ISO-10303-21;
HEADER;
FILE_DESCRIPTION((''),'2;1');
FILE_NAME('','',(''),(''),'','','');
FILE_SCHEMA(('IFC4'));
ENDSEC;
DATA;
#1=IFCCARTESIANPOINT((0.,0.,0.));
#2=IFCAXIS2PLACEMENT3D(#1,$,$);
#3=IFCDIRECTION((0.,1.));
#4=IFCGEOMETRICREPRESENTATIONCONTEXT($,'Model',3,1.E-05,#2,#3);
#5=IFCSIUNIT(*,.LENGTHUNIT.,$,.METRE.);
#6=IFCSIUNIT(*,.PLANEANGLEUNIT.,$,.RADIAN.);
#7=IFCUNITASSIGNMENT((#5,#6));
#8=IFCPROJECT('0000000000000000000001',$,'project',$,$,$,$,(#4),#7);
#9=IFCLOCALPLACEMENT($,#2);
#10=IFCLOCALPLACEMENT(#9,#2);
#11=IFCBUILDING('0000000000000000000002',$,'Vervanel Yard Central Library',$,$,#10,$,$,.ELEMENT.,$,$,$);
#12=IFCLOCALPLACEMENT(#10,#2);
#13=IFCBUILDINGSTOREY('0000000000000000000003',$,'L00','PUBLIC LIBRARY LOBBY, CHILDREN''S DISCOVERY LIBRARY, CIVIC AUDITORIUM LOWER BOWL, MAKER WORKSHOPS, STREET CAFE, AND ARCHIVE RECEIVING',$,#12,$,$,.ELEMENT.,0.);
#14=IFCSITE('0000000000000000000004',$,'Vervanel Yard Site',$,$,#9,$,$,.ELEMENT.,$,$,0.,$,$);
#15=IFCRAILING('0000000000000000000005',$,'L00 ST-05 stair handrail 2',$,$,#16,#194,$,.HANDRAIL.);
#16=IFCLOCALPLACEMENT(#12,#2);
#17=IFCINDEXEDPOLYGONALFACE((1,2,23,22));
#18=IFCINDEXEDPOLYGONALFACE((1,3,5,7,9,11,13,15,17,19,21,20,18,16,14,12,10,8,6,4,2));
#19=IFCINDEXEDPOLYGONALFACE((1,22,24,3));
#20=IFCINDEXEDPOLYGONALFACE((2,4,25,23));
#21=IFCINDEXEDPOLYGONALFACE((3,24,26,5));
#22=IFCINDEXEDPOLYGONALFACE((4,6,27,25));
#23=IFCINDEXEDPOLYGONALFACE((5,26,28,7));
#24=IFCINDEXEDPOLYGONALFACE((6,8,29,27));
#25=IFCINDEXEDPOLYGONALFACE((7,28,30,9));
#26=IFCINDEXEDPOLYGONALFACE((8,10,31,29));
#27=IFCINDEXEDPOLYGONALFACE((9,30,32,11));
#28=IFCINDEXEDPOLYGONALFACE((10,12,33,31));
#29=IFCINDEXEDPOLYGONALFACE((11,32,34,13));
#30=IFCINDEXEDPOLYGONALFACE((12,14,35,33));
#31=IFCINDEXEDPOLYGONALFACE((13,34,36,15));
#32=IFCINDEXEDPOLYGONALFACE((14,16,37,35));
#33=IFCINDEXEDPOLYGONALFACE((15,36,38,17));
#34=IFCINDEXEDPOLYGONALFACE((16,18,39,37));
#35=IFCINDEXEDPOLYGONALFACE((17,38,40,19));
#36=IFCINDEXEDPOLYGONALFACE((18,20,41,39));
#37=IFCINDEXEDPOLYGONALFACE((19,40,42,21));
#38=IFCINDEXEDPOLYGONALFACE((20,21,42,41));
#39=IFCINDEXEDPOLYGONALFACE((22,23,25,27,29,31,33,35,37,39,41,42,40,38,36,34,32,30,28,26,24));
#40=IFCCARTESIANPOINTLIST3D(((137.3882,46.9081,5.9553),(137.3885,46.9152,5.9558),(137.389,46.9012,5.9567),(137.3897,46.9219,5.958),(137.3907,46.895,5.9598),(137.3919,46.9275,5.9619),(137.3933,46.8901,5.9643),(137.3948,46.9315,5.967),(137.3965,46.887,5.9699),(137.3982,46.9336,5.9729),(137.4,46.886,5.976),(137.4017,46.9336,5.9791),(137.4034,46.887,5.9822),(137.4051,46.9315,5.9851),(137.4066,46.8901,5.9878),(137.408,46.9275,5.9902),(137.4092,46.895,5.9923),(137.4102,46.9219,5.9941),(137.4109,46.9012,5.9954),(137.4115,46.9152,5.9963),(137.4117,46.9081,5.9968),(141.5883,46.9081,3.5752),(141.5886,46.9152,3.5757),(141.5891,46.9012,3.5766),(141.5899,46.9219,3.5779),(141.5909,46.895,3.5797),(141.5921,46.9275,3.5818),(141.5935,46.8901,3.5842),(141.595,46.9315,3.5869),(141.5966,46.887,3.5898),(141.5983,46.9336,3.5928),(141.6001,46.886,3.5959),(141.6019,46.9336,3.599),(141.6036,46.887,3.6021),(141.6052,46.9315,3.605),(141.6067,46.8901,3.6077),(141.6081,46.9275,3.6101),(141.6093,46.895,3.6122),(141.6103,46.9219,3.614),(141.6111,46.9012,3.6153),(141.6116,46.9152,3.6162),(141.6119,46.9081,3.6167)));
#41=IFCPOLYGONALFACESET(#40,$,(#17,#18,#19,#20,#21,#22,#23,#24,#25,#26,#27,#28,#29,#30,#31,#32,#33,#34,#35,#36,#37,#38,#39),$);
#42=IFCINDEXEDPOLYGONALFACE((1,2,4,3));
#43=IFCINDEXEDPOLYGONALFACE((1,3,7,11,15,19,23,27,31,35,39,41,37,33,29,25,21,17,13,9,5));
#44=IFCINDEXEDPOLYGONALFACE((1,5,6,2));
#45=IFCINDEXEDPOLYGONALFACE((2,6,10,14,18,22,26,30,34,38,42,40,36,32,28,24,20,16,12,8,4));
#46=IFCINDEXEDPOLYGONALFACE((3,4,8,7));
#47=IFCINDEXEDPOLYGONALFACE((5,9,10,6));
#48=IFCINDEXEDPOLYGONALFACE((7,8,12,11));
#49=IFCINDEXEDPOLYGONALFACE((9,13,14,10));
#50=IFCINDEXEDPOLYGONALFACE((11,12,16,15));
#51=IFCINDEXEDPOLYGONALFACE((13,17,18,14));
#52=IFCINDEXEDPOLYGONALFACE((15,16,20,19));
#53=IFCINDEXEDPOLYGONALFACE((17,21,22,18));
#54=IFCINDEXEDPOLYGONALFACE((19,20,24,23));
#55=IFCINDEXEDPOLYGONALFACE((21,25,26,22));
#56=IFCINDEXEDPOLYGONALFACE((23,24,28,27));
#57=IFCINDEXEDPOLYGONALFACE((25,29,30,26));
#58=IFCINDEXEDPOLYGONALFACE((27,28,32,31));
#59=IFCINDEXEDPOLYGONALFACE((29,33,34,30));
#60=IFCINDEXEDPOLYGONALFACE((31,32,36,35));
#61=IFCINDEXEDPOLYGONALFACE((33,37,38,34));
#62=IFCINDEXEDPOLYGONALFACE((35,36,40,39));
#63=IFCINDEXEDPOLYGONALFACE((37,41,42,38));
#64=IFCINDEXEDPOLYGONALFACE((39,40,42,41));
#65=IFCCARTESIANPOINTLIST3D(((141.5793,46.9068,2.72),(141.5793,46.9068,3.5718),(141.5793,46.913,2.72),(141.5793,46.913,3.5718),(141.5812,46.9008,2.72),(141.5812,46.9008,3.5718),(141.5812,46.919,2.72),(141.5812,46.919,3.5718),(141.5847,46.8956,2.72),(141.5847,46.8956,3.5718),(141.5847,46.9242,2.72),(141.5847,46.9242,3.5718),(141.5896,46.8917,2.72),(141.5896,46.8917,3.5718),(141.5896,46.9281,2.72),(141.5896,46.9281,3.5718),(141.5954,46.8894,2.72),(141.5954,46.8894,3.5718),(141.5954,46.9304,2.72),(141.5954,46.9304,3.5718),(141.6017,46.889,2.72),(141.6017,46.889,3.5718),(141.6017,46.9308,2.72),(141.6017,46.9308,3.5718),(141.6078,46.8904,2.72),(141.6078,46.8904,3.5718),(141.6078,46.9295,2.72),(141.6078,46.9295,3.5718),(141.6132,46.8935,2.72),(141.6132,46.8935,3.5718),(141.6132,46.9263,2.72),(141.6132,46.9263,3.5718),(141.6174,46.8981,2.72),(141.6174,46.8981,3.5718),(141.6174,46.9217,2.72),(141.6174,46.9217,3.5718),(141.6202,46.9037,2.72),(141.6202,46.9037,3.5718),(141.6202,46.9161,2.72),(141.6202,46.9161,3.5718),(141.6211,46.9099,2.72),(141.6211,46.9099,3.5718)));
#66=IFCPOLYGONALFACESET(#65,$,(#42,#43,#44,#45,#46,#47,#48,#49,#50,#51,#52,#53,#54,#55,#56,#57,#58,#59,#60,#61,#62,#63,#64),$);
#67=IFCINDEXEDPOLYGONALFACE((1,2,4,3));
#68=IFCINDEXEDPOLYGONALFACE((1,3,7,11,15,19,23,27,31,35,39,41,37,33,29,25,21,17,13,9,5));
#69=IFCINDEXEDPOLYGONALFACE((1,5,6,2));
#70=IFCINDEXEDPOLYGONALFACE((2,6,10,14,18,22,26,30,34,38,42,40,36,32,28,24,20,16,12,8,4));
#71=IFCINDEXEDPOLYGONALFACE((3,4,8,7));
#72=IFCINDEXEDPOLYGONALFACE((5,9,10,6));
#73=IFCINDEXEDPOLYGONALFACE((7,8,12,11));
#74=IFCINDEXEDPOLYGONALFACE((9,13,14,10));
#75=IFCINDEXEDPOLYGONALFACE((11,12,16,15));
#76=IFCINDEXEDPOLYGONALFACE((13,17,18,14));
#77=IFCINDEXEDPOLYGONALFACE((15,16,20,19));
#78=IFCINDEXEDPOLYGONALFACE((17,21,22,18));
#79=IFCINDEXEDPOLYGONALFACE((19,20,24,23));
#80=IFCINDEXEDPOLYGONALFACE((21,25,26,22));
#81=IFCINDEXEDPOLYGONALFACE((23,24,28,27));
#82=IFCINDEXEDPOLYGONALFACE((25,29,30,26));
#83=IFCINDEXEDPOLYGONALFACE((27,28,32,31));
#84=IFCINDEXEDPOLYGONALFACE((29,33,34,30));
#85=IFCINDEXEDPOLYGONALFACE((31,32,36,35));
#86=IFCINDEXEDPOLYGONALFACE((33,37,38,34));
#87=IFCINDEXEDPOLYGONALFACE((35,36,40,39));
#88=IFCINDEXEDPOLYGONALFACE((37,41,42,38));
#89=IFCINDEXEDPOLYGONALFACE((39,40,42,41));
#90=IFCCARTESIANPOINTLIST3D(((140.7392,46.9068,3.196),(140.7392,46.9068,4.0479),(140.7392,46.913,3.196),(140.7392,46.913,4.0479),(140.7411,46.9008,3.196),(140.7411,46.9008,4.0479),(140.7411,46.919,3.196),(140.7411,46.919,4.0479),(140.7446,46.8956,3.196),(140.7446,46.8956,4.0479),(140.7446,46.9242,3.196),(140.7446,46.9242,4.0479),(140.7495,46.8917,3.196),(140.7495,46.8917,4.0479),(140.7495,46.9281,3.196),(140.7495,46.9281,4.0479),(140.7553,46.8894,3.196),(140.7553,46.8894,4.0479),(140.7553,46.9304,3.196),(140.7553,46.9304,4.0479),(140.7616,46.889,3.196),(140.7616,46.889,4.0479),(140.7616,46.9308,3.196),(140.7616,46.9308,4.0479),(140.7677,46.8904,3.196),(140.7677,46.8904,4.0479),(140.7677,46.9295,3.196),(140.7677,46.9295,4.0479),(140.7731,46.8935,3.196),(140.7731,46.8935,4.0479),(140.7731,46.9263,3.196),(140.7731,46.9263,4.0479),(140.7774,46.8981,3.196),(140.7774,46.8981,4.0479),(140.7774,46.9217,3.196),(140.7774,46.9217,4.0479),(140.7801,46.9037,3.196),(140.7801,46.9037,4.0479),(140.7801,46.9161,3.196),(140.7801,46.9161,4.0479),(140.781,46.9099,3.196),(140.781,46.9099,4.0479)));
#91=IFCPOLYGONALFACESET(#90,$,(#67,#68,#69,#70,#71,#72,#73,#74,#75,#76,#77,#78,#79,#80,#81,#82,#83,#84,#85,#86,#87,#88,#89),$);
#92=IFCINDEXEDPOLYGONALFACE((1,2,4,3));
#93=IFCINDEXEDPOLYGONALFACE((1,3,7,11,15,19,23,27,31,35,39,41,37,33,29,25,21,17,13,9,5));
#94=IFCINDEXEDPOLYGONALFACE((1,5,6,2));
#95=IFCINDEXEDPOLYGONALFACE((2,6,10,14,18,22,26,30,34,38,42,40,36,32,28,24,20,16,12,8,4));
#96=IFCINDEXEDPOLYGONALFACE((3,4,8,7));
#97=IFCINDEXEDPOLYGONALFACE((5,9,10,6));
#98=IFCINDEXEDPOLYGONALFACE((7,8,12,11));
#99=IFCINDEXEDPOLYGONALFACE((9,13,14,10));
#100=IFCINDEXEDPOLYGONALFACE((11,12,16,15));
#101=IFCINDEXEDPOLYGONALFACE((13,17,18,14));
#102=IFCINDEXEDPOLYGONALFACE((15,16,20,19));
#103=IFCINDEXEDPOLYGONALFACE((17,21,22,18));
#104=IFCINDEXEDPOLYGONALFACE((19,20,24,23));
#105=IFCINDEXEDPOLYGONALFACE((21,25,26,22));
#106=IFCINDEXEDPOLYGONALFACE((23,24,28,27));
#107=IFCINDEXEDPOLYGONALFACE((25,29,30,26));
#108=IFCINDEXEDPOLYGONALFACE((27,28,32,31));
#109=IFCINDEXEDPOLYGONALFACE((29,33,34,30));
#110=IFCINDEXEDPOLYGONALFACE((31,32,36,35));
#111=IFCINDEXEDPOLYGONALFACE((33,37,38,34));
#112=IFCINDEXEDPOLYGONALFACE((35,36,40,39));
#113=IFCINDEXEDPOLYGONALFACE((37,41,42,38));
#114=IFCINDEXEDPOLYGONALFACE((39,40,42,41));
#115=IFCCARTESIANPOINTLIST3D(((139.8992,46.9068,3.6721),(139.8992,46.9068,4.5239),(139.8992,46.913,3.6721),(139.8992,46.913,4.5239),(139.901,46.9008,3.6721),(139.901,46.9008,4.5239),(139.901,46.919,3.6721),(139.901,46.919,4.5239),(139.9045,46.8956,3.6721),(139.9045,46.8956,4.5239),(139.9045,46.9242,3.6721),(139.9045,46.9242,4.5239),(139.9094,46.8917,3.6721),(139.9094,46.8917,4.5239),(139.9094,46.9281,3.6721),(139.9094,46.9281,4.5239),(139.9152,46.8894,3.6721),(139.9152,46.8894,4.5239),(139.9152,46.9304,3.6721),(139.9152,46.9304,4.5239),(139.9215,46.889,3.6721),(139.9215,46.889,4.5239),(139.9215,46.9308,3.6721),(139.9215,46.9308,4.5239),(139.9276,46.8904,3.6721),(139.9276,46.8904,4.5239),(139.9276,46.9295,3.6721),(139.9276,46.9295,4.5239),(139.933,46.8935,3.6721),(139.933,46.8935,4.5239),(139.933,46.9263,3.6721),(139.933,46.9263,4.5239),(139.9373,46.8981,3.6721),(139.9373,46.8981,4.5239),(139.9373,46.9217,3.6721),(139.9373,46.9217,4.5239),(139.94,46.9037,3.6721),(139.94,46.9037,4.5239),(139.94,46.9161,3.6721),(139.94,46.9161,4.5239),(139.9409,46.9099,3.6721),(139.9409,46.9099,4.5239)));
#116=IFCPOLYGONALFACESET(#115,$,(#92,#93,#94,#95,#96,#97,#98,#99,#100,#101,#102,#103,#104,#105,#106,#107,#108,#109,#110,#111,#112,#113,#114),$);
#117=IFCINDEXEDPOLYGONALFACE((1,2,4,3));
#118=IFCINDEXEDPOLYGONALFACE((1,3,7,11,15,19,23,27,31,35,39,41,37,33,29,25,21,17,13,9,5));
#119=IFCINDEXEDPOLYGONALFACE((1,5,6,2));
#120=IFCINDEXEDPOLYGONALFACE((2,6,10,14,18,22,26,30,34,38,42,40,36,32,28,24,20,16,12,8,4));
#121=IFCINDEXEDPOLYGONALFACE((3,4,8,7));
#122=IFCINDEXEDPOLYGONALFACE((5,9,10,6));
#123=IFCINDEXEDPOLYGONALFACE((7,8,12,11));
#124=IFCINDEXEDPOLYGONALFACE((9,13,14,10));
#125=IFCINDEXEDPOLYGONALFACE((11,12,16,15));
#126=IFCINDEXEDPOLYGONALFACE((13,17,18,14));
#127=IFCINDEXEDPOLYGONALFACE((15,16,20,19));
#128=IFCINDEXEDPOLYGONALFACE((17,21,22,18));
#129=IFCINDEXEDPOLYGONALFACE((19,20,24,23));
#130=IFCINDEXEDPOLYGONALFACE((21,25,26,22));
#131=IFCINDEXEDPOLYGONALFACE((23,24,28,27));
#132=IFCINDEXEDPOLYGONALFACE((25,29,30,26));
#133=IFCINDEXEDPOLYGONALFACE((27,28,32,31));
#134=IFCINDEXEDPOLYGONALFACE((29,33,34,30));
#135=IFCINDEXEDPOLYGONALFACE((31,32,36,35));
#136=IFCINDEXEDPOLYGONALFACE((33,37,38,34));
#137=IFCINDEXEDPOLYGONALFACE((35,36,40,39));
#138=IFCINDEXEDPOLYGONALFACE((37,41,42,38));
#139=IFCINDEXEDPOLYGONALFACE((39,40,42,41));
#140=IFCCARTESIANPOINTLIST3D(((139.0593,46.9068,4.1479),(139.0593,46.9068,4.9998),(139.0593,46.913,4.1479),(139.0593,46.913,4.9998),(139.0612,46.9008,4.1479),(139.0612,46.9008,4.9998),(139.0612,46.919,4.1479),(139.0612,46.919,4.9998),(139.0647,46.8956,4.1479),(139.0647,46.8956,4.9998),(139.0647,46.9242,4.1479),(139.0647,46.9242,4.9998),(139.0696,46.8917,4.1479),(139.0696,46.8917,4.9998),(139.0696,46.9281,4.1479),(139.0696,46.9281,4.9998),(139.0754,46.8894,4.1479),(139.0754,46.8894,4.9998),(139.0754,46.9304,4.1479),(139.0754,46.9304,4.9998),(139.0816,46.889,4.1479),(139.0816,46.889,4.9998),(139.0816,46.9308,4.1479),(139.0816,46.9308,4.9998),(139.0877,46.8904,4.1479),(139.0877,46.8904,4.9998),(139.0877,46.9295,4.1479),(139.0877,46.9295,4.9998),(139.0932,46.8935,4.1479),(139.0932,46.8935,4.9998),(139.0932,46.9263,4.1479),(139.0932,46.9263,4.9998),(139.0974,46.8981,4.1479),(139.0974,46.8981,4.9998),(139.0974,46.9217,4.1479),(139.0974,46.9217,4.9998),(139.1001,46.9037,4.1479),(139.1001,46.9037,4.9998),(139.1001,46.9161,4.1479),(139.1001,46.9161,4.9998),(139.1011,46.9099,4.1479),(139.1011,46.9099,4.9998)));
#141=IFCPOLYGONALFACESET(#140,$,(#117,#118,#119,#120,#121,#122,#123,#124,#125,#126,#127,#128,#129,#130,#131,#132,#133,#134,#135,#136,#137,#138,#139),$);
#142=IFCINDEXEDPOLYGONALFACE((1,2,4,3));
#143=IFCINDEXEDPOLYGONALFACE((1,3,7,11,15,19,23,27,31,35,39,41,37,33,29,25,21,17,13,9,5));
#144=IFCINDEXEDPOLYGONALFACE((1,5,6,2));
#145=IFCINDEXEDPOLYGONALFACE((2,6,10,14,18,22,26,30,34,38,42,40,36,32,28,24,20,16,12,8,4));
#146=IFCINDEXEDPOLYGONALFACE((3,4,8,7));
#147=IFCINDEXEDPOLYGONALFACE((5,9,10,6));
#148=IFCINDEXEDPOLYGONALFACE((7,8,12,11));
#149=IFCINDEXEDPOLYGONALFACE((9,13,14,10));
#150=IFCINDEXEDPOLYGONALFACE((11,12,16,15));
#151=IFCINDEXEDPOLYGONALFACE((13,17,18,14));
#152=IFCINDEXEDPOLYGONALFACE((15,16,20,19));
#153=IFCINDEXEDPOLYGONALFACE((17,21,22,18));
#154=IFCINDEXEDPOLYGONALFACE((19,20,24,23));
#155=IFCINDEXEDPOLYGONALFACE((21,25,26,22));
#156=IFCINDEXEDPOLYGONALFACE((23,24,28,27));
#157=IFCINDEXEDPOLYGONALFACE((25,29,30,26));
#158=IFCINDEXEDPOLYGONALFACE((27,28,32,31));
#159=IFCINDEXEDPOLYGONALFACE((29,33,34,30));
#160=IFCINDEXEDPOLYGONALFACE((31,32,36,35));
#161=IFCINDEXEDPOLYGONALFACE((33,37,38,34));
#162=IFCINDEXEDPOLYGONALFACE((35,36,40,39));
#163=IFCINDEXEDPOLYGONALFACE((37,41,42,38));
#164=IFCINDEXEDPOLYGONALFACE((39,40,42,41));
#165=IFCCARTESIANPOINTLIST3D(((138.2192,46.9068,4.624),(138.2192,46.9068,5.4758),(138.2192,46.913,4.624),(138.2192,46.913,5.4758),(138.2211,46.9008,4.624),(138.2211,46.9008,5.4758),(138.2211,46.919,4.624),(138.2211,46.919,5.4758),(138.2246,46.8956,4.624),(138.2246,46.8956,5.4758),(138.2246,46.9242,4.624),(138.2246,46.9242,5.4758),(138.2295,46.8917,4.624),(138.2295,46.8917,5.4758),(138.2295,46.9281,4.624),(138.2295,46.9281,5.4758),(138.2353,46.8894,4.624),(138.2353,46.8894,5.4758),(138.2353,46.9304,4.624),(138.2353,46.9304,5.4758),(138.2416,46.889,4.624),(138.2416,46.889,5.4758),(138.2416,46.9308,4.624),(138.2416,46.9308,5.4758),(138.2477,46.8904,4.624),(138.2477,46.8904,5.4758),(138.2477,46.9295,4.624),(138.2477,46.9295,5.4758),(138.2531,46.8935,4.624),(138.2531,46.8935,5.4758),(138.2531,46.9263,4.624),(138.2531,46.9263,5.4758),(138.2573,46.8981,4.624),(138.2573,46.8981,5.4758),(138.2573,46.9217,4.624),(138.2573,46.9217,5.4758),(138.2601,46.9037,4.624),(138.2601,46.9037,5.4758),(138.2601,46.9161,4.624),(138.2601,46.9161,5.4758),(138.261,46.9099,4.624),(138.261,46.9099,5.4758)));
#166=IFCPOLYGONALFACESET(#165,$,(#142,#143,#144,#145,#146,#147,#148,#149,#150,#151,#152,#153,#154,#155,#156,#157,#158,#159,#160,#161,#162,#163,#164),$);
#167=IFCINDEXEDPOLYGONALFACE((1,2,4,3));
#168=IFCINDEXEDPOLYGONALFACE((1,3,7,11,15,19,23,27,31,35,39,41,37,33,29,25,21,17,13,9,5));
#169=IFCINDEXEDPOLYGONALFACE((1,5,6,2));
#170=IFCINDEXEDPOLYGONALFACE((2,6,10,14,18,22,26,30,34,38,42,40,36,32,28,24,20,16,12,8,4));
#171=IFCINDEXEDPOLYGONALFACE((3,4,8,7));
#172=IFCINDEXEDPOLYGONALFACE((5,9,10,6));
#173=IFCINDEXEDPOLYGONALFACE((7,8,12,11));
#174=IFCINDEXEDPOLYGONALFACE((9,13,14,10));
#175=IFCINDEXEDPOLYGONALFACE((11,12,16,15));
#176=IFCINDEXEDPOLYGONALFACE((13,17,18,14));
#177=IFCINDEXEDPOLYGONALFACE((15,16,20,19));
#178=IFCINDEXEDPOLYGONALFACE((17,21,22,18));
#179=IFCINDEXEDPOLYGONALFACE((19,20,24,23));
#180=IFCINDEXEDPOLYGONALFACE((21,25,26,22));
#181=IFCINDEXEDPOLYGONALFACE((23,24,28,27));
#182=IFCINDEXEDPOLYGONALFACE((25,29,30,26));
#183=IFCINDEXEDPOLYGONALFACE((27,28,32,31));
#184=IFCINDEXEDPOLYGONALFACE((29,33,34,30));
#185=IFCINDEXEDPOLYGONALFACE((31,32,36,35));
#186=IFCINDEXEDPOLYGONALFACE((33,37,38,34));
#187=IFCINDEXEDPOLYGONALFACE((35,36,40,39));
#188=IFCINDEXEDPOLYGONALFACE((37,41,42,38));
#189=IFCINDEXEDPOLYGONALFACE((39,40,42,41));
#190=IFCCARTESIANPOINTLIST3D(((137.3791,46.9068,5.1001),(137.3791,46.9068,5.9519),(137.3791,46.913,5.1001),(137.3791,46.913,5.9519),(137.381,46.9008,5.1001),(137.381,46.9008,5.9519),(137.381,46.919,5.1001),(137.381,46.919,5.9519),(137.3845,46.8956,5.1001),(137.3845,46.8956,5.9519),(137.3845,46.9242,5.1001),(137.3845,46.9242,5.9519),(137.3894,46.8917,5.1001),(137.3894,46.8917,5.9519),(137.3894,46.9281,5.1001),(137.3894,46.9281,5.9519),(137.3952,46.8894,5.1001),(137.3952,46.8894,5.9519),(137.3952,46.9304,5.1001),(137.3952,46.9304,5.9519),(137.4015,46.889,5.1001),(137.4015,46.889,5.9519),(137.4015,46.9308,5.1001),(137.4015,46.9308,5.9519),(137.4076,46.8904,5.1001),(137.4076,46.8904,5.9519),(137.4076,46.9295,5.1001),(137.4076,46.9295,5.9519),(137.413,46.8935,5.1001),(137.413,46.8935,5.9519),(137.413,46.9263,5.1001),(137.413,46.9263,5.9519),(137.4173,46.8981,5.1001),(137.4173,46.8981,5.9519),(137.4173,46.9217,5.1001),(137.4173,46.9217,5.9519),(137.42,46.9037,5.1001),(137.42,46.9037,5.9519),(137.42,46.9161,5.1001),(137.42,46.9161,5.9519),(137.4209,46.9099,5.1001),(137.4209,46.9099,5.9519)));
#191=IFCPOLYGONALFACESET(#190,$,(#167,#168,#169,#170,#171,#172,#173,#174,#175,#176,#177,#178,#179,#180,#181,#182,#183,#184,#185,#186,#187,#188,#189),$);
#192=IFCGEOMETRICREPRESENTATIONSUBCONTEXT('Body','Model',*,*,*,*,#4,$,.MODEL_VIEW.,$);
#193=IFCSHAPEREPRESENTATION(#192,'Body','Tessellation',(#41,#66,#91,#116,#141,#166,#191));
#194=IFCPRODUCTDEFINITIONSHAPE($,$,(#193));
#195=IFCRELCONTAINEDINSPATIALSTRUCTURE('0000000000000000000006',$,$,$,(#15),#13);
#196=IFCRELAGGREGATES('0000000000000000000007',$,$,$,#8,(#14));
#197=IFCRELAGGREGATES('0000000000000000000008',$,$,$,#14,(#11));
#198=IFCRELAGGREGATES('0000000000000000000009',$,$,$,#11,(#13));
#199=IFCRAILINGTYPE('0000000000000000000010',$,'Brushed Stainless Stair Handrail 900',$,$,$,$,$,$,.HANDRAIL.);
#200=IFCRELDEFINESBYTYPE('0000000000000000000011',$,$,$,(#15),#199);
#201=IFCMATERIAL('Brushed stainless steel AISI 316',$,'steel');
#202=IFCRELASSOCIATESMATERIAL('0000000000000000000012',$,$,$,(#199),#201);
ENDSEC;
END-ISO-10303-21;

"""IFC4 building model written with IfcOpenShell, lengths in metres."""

from ifc_helpers import new_model, si_unit, direction, frame, origin, origin_2d, place, context, subcontext, project, spatial, circle, extrude, material, type_object, element, save


model = new_model("IFC4")

# Units and contexts
model_context = context("Model", 3, precision=1e-05, world=origin(), true_north=direction((0.0, 1.0)))
body_context = subcontext(model_context, "Body", "Model", "MODEL_VIEW")
ifc_project = project(units=[si_unit("LENGTHUNIT", "METRE"), si_unit("PLANEANGLEUNIT", "RADIAN")], contexts=[model_context])

# Site, building, storey
site_placement = place(None, origin())
site = spatial("IfcSite", under=ifc_project, at=site_placement, Name="Vervanel Yard Site", CompositionType="ELEMENT", RefElevation=0.0)
building_placement = place(site_placement, origin())
building = spatial("IfcBuilding", under=site, at=building_placement, Name="Vervanel Yard Central Library", CompositionType="ELEMENT")
storey_placement = place(building_placement, origin())
storey = spatial("IfcBuildingStorey", under=building, at=storey_placement, Name="L00", Description="PUBLIC LIBRARY LOBBY, CHILDREN'S DISCOVERY LIBRARY, CIVIC AUDITORIUM LOWER BOWL, MAKER WORKSHOPS, STREET CAFE, AND ARCHIVE RECEIVING", CompositionType="ELEMENT", Elevation=0.0)

# Railing
ifc_material_1 = material(Name="Brushed stainless steel AISI 316", Category="steel")
railing_type_1 = type_object("IfcRailingType", Name="Brushed Stainless Stair Handrail 900", PredefinedType="HANDRAIL", material=ifc_material_1)
railing_1_placement = place(storey_placement, frame((141.6001, 46.9099, 2.72)))
element("IfcRailing", 1, at=railing_1_placement, inside=storey, type_object=railing_type_1, Name="L00 ST-05 stair handrail 2", PredefinedType="HANDRAIL", context=body_context, shape_type="SweptSolid", body=[
    extrude(circle(Radius=0.0239, at=origin_2d()), frame((0.0, 0.0, 0.876), z_axis=(-0.870021, 0.0, 0.493015), x_axis=(0.0, -1.0, 0.0)), (0.0, 0.0, 1.0), 4.8276),
    extrude(circle(Radius=0.021, at=origin_2d()), origin(), (0.0, 0.0, 1.0), 0.8518),
    extrude(circle(Radius=0.021, at=origin_2d()), frame((-0.8401, 0.0, 0.4761)), (0.0, 0.0, 1.0), 0.8518),
    extrude(circle(Radius=0.021, at=origin_2d()), frame((-1.6802, 0.0, 0.9521)), (0.0, 0.0, 1.0), 0.8518),
    extrude(circle(Radius=0.021, at=origin_2d()), frame((-2.52, 0.0, 1.428)), (0.0, 0.0, 1.0), 0.8518),
    extrude(circle(Radius=0.021, at=origin_2d()), frame((-3.3601, 0.0, 1.9041)), (0.0, 0.0, 1.0), 0.8518),
    extrude(circle(Radius=0.021, at=origin_2d()), frame((-4.2002, 0.0, 2.3801)), (0.0, 0.0, 1.0), 0.8518),
])

save(model, "model.ifc")
